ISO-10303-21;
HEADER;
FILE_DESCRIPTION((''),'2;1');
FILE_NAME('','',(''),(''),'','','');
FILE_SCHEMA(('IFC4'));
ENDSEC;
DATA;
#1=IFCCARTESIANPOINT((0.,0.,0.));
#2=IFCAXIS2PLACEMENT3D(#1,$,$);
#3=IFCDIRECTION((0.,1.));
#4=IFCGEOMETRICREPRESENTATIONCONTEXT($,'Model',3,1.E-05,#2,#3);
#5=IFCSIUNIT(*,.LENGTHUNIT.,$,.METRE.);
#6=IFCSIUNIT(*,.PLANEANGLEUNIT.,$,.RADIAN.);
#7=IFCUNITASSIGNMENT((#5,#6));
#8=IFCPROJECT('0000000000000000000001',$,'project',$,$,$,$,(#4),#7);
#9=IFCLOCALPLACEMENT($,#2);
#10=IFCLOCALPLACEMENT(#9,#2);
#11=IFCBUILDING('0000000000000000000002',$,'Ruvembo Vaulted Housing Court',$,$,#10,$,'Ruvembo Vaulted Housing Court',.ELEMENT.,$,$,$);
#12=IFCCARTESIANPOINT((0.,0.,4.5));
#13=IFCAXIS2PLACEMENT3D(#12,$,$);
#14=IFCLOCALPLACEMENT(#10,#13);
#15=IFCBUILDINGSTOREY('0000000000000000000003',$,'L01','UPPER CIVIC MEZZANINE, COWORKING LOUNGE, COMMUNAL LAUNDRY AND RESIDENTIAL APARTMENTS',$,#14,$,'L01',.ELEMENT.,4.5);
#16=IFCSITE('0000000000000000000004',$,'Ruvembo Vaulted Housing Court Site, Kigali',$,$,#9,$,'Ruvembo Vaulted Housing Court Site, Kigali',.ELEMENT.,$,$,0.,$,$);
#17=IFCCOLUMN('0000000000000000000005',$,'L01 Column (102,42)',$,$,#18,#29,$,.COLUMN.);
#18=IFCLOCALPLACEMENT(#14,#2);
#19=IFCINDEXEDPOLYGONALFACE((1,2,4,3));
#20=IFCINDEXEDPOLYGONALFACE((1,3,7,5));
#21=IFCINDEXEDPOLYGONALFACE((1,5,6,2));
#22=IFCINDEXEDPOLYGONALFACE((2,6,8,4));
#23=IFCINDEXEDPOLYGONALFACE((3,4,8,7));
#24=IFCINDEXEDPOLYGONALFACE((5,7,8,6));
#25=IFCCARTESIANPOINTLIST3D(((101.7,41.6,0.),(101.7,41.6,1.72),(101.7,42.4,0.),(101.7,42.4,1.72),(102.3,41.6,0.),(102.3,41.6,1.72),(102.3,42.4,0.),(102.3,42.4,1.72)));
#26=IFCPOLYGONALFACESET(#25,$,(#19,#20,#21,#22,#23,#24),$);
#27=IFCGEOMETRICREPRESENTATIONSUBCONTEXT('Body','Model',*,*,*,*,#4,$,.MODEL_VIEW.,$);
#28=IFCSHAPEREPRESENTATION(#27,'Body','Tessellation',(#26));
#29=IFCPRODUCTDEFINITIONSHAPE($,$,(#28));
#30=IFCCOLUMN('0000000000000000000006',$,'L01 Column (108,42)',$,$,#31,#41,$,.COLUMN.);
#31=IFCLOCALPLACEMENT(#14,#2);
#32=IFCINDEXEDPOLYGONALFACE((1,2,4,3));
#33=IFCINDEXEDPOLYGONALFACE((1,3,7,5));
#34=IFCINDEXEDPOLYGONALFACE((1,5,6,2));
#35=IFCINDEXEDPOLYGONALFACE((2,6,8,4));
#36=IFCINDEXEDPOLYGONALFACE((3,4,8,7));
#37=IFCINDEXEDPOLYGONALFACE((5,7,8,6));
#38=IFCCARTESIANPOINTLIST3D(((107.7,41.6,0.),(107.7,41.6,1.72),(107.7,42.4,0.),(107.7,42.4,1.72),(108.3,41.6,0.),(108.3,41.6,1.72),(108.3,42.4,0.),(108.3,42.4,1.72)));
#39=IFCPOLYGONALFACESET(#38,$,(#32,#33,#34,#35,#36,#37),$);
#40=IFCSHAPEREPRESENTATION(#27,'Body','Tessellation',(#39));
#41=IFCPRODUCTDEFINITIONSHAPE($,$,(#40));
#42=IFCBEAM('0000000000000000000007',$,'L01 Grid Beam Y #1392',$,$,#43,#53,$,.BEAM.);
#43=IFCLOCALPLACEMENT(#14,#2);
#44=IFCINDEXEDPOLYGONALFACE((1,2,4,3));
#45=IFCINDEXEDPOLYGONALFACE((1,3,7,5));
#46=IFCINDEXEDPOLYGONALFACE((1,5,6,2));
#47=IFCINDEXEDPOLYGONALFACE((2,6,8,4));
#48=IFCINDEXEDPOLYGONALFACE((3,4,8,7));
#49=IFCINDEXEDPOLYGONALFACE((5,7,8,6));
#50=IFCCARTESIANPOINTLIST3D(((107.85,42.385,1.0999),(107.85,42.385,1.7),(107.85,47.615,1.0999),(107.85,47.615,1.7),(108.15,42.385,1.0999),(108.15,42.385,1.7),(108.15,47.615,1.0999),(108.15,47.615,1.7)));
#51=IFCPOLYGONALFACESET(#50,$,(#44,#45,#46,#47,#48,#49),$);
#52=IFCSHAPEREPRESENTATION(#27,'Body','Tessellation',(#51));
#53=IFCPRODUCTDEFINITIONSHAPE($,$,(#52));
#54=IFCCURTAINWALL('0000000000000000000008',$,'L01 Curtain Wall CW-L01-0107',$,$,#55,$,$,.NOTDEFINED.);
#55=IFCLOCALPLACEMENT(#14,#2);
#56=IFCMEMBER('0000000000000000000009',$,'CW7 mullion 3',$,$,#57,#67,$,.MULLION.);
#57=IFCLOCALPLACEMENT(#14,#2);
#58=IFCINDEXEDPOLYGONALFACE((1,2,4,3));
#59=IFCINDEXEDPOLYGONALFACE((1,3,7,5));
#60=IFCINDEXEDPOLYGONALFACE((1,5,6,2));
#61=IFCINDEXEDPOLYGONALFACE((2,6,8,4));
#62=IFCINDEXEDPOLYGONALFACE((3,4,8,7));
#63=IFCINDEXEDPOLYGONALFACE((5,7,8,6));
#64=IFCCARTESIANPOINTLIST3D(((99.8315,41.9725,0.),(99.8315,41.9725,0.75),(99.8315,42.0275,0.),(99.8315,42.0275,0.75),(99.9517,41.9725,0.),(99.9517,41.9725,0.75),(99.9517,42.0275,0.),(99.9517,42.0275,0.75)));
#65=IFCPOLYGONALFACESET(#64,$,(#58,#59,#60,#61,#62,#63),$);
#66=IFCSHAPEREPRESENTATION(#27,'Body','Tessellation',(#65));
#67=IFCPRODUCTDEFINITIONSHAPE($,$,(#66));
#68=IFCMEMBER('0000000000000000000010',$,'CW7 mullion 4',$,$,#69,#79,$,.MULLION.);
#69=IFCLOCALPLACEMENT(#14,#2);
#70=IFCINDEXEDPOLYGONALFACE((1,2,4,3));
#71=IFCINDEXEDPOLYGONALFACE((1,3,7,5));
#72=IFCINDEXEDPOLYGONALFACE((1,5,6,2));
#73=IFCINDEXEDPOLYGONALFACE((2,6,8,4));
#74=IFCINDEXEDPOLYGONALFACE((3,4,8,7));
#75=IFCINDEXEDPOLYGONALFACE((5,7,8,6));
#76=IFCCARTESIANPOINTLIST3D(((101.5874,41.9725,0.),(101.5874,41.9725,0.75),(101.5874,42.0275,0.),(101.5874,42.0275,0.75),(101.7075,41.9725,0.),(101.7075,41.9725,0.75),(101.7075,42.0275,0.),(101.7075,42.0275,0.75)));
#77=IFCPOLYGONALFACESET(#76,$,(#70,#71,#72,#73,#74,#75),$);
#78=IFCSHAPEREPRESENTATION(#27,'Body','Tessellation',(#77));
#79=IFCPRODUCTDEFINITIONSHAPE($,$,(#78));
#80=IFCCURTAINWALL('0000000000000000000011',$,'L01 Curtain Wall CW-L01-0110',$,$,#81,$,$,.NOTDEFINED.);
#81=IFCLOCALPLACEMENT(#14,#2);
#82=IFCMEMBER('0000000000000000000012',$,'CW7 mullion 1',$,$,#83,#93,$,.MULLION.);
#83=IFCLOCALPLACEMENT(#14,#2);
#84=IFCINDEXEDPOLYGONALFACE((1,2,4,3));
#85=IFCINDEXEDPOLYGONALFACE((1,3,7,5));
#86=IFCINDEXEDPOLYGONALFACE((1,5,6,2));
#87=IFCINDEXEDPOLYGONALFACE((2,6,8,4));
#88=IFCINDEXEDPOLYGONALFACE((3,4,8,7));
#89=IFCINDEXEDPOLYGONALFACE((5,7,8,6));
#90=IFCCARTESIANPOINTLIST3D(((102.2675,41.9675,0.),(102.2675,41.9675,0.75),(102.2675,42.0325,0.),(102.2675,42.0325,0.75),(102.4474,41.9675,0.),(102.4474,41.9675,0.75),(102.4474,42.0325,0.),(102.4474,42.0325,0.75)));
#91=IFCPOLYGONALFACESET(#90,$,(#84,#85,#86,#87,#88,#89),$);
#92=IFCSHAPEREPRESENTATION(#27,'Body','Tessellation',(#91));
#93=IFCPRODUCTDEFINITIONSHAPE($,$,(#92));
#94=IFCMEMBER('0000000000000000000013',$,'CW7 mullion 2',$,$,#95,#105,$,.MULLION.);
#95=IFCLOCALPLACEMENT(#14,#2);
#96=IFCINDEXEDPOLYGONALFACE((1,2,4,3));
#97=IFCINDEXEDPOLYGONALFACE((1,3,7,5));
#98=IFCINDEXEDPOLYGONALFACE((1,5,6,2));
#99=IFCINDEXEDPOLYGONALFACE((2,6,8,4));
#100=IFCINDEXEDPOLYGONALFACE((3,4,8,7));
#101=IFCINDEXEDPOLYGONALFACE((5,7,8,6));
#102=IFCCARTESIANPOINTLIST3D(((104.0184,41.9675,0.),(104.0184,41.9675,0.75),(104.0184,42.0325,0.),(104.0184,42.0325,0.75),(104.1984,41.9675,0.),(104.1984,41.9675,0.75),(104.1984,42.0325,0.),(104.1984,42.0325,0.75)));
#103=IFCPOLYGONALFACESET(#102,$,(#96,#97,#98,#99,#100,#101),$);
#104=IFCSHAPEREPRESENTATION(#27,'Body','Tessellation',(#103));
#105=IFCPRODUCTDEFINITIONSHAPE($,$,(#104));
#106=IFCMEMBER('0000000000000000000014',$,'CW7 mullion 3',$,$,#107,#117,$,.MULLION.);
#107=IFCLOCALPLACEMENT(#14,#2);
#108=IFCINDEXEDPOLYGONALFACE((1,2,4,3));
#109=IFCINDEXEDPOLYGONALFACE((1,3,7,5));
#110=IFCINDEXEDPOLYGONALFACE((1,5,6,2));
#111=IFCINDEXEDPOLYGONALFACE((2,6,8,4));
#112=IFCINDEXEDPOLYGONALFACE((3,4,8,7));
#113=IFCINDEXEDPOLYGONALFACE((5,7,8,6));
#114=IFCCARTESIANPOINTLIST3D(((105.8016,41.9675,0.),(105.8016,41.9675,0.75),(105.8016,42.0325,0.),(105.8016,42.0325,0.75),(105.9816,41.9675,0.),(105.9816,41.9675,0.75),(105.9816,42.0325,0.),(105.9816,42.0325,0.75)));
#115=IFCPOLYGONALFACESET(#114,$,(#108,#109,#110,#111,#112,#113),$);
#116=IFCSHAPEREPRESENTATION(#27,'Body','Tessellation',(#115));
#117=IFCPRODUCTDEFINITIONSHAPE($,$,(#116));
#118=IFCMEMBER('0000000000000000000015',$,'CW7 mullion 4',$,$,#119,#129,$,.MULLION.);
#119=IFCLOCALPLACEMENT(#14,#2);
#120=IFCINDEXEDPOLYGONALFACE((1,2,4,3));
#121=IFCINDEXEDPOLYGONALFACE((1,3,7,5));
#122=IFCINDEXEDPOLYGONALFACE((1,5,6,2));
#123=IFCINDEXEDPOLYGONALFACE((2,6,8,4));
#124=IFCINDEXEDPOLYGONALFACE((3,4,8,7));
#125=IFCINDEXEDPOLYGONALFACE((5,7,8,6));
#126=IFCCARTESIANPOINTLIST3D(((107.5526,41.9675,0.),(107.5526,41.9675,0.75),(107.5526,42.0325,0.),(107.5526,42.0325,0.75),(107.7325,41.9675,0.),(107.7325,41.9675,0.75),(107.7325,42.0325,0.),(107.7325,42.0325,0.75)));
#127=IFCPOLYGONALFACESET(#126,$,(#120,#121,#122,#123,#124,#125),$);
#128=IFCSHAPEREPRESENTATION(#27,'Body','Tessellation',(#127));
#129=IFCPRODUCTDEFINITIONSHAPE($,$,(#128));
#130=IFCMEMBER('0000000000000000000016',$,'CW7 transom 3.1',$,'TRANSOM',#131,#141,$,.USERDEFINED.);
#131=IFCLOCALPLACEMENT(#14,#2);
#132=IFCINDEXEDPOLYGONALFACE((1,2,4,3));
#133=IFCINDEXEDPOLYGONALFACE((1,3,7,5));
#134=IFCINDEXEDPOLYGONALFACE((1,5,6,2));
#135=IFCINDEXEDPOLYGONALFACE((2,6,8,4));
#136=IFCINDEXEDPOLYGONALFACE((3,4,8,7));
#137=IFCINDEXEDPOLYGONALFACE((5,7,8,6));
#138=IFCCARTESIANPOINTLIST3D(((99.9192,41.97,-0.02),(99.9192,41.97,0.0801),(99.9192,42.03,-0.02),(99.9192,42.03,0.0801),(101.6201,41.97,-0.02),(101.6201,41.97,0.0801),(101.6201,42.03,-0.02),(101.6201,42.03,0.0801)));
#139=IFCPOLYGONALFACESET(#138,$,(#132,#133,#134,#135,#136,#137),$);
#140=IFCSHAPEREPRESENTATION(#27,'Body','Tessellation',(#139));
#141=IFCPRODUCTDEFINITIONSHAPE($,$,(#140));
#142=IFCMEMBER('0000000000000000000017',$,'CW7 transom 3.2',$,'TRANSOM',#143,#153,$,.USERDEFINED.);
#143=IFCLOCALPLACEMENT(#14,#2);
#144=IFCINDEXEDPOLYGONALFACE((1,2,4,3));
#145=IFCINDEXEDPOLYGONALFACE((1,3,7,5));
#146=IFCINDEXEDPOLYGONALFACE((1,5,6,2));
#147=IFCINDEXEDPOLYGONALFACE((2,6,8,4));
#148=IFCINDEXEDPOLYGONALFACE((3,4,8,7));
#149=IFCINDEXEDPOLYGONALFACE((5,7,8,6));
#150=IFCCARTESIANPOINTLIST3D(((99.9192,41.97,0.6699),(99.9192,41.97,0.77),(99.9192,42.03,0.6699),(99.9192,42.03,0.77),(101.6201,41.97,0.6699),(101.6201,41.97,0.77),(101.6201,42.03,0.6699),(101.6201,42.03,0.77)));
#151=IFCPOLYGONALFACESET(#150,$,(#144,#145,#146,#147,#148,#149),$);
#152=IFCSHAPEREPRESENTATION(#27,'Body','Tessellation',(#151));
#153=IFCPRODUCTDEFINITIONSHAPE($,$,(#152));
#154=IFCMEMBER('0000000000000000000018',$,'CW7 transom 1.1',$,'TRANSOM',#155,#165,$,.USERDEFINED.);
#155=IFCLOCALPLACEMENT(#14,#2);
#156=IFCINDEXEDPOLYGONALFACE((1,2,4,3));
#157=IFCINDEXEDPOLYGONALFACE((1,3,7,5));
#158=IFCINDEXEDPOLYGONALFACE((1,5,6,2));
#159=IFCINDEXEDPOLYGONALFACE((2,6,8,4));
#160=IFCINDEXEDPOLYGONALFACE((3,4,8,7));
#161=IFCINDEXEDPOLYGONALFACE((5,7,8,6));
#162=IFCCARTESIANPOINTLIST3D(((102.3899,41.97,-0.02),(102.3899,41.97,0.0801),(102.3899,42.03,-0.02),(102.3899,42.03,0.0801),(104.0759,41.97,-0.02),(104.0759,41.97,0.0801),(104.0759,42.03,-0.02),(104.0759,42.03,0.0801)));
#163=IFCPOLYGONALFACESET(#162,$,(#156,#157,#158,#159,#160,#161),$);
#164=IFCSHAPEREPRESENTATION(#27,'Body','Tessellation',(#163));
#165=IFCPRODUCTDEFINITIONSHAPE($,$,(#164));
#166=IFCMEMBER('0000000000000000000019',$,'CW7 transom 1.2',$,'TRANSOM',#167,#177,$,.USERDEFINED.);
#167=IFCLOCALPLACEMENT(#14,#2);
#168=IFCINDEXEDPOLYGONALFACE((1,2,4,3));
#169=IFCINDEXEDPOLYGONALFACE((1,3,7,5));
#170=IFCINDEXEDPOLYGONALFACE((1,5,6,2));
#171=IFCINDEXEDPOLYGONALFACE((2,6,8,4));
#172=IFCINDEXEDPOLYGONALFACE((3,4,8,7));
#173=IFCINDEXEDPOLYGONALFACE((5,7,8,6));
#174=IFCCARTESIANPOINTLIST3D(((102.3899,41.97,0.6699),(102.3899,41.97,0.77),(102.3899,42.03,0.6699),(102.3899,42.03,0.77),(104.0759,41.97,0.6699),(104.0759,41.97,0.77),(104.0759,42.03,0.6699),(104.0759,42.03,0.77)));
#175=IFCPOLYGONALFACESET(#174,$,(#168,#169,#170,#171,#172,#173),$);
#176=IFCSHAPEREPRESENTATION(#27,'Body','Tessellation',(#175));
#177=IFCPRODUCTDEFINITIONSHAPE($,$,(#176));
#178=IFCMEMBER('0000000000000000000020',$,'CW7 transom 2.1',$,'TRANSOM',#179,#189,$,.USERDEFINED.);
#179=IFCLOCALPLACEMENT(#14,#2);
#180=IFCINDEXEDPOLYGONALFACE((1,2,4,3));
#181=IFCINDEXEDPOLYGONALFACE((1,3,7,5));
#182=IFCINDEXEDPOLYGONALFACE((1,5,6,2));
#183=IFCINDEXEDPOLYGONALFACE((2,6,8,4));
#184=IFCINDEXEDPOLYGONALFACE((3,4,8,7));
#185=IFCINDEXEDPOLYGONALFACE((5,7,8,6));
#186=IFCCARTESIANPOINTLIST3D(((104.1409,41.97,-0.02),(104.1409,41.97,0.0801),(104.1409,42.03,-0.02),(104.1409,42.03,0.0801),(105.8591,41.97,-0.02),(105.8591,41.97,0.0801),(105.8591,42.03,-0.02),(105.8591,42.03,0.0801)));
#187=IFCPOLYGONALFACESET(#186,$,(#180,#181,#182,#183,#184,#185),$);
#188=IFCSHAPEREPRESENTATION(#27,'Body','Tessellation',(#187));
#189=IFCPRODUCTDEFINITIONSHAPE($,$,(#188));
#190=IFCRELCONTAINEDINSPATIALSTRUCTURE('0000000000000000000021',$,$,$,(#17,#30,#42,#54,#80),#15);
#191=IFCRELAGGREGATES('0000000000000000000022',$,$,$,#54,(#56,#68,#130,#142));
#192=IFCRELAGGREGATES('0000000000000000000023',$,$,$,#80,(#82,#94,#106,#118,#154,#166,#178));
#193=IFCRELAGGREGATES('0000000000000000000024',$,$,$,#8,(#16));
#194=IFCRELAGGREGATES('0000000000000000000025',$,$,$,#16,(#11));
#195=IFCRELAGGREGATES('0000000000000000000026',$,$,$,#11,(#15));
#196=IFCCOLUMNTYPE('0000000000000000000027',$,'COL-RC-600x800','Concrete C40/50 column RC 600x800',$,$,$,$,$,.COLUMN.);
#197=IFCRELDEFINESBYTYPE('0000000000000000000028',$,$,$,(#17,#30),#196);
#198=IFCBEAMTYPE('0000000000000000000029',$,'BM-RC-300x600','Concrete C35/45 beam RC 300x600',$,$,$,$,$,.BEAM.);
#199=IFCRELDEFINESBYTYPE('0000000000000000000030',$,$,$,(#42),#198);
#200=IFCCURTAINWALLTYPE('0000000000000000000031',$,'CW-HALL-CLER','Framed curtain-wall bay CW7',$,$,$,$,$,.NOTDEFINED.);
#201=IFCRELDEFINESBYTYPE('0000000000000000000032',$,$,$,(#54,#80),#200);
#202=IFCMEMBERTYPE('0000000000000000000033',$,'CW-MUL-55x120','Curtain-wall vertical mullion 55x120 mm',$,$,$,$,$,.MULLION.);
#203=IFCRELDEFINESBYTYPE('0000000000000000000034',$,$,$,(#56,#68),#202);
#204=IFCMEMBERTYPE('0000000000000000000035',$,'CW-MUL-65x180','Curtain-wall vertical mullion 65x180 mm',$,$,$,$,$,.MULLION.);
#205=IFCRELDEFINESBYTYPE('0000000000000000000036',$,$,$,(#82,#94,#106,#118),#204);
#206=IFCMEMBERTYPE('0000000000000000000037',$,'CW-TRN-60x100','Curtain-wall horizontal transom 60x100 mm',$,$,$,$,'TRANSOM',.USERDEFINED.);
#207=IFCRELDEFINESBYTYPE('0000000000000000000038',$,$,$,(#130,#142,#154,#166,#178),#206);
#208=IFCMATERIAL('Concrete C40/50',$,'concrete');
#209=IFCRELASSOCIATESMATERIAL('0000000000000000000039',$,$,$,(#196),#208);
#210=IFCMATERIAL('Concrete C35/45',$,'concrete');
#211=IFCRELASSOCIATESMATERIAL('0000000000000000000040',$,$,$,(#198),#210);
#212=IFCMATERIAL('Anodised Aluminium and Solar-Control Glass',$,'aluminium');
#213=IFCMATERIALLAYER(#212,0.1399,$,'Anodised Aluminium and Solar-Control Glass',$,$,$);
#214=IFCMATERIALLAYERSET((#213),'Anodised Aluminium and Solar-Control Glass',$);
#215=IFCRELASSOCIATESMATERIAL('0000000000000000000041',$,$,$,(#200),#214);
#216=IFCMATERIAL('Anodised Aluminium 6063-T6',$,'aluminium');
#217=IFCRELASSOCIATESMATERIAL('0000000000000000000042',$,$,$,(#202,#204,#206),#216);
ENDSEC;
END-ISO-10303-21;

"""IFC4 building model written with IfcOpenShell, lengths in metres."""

from ifc_helpers import new_model, si_unit, direction, frame, origin, origin_2d, place, context, subcontext, project, spatial, rectangle, extrude, material, layer, layer_set, material_profile, profile_set, type_object, element, aggregate, save


model = new_model("IFC4")

# Units and contexts
model_context = context("Model", 3, precision=1e-05, world=origin(), true_north=direction((0.0, 1.0)))
body_context = subcontext(model_context, "Body", "Model", "MODEL_VIEW")
ifc_project = project(units=[si_unit("LENGTHUNIT", "METRE"), si_unit("PLANEANGLEUNIT", "RADIAN")], contexts=[model_context])

# Site, building, storey
site_placement = place(None, origin())
site = spatial("IfcSite", under=ifc_project, at=site_placement, Name="Ruvembo Vaulted Housing Court Site, Kigali", LongName="Ruvembo Vaulted Housing Court Site, Kigali", CompositionType="ELEMENT", RefElevation=0.0)
building_placement = place(site_placement, origin())
building = spatial("IfcBuilding", under=site, at=building_placement, Name="Ruvembo Vaulted Housing Court", LongName="Ruvembo Vaulted Housing Court", CompositionType="ELEMENT")
storey_placement = place(building_placement, frame((0.0, 0.0, 4.5)))
storey = spatial("IfcBuildingStorey", under=building, at=storey_placement, Name="L01", Description="UPPER CIVIC MEZZANINE, COWORKING LOUNGE, COMMUNAL LAUNDRY AND RESIDENTIAL APARTMENTS", LongName="L01", CompositionType="ELEMENT", Elevation=4.5)

# Columns
ifc_material_1 = material(Name="Concrete C40/50", Category="concrete")
ifc_material_profile_1 = material_profile(ifc_material_1, rectangle(XDim=0.6001, YDim=0.8, at=origin_2d()), Name="RC 600x800")
ifc_profile_set_1 = profile_set([ifc_material_profile_1], Name="Concrete C40/50")
column_type = type_object("IfcColumnType", Name="COL-RC-600x800", Description="Concrete C40/50 column RC 600x800", PredefinedType="COLUMN", material=ifc_profile_set_1)
for number, where, z_axis, x_axis, name in (
    (1, (102.0, 42.0, 0.0), (0.0, 0.0, 1.0), (1.0, 0.0, 0.0), "L01 Column (102,42)"),
    (2, (108.0, 42.0, 0.0), (0.0, 0.0, 1.0), (1.0, 0.0, 0.0), "L01 Column (108,42)"),
):
    element("IfcColumn", number, at=place(storey_placement, frame(where, z_axis=z_axis, x_axis=x_axis)), inside=storey, type_object=column_type, Name=name, PredefinedType="COLUMN", context=body_context, shape_type="SweptSolid", body=[
        extrude(rectangle(XDim=0.6001, YDim=0.8, at=origin_2d()), origin(), (0.0, 0.0, 1.0), 1.72),
    ])

# Beam
ifc_material_2 = material(Name="Concrete C35/45", Category="concrete")
ifc_material_profile_2 = material_profile(ifc_material_2, rectangle(XDim=0.3, YDim=0.6001, at=origin_2d()), Name="RC 300x600")
ifc_profile_set_2 = profile_set([ifc_material_profile_2], Name="Concrete C35/45")
beam_type_1 = type_object("IfcBeamType", Name="BM-RC-300x600", Description="Concrete C35/45 beam RC 300x600", PredefinedType="BEAM", material=ifc_profile_set_2)
beam_1_placement = place(storey_placement, frame((108.0, 42.385, 1.3999), z_axis=(0.0, 1.0, 0.0), x_axis=(-1.0, 0.0, 0.0)))
element("IfcBeam", 3, at=beam_1_placement, inside=storey, type_object=beam_type_1, Name="L01 Grid Beam Y #1392", PredefinedType="BEAM", context=body_context, shape_type="SweptSolid", body=[
    extrude(rectangle(XDim=0.3, YDim=0.6001, at=origin_2d()), origin(), (0.0, 0.0, 1.0), 5.23),
])

# Curtain walls, members
ifc_material_3 = material(Name="Anodised Aluminium and Solar-Control Glass", Category="aluminium")
ifc_layer_1 = layer(ifc_material_3, 0.1399, Name="Anodised Aluminium and Solar-Control Glass")
ifc_layer_set_1 = layer_set([ifc_layer_1], Name="Anodised Aluminium and Solar-Control Glass")
curtain_wall_type = type_object("IfcCurtainWallType", Name="CW-HALL-CLER", Description="Framed curtain-wall bay CW7", PredefinedType="NOTDEFINED", material=ifc_layer_set_1)
curtain_wall_1_placement = place(storey_placement, origin())
curtain_wall_1 = element("IfcCurtainWall", 4, at=curtain_wall_1_placement, inside=storey, type_object=curtain_wall_type, Name="L01 Curtain Wall CW-L01-0107", PredefinedType="NOTDEFINED")
ifc_material_4 = material(Name="Anodised Aluminium 6063-T6", Category="aluminium")
ifc_material_profile_3 = material_profile(ifc_material_4, rectangle(XDim=0.0549, YDim=0.1201, at=origin_2d()), Name="ALU 55x120")
ifc_profile_set_3 = profile_set([ifc_material_profile_3], Name="Anodised Aluminium 6063-T6")
member_type_1 = type_object("IfcMemberType", Name="CW-MUL-55x120", Description="Curtain-wall vertical mullion 55x120 mm", PredefinedType="MULLION", material=ifc_profile_set_3)
member_1_placement = place(storey_placement, frame((99.8916, 42.0, 0.0), z_axis=(0.0, 0.0, 1.0), x_axis=(0.0, 1.0, 0.0)))
member_1 = element("IfcMember", 5, at=member_1_placement, type_object=member_type_1, Name="CW7 mullion 3", PredefinedType="MULLION", context=body_context, shape_type="SweptSolid", body=[
    extrude(rectangle(XDim=0.0549, YDim=0.1201, at=origin_2d()), origin(), (0.0, 0.0, 1.0), 0.75),
])
member_2_placement = place(storey_placement, frame((101.6475, 42.0, 0.0), z_axis=(0.0, 0.0, 1.0), x_axis=(0.0, 1.0, 0.0)))
member_2 = element("IfcMember", 6, at=member_2_placement, type_object=member_type_1, Name="CW7 mullion 4", PredefinedType="MULLION", context=body_context, shape_type="SweptSolid", body=[
    extrude(rectangle(XDim=0.0549, YDim=0.1201, at=origin_2d()), origin(), (0.0, 0.0, 1.0), 0.75),
])
curtain_wall_2_placement = place(storey_placement, origin())
curtain_wall_2 = element("IfcCurtainWall", 7, at=curtain_wall_2_placement, inside=storey, type_object=curtain_wall_type, Name="L01 Curtain Wall CW-L01-0110", PredefinedType="NOTDEFINED")
ifc_material_profile_4 = material_profile(ifc_material_4, rectangle(XDim=0.0649, YDim=0.1799, at=origin_2d()), Name="ALU 65x180")
ifc_profile_set_4 = profile_set([ifc_material_profile_4], Name="Anodised Aluminium 6063-T6")
member_type_2 = type_object("IfcMemberType", Name="CW-MUL-65x180", Description="Curtain-wall vertical mullion 65x180 mm", PredefinedType="MULLION", material=ifc_profile_set_4)
member_3_placement = place(storey_placement, frame((102.3574, 42.0, 0.0), z_axis=(0.0, 0.0, 1.0), x_axis=(0.0, 1.0, 0.0)))
member_3 = element("IfcMember", 8, at=member_3_placement, type_object=member_type_2, Name="CW7 mullion 1", PredefinedType="MULLION", context=body_context, shape_type="SweptSolid", body=[
    extrude(rectangle(XDim=0.0649, YDim=0.1799, at=origin_2d()), origin(), (0.0, 0.0, 1.0), 0.75),
])
member_4_placement = place(storey_placement, frame((104.1084, 42.0, 0.0), z_axis=(0.0, 0.0, 1.0), x_axis=(0.0, 1.0, 0.0)))
member_4 = element("IfcMember", 9, at=member_4_placement, type_object=member_type_2, Name="CW7 mullion 2", PredefinedType="MULLION", context=body_context, shape_type="SweptSolid", body=[
    extrude(rectangle(XDim=0.0649, YDim=0.1799, at=origin_2d()), origin(), (0.0, 0.0, 1.0), 0.75),
])
member_5_placement = place(storey_placement, frame((105.8916, 42.0, 0.0), z_axis=(0.0, 0.0, 1.0), x_axis=(0.0, 1.0, 0.0)))
member_5 = element("IfcMember", 10, at=member_5_placement, type_object=member_type_2, Name="CW7 mullion 3", PredefinedType="MULLION", context=body_context, shape_type="SweptSolid", body=[
    extrude(rectangle(XDim=0.0649, YDim=0.1799, at=origin_2d()), origin(), (0.0, 0.0, 1.0), 0.75),
])
member_6_placement = place(storey_placement, frame((107.6426, 42.0, 0.0), z_axis=(0.0, 0.0, 1.0), x_axis=(0.0, 1.0, 0.0)))
member_6 = element("IfcMember", 11, at=member_6_placement, type_object=member_type_2, Name="CW7 mullion 4", PredefinedType="MULLION", context=body_context, shape_type="SweptSolid", body=[
    extrude(rectangle(XDim=0.0649, YDim=0.1799, at=origin_2d()), origin(), (0.0, 0.0, 1.0), 0.75),
])

# Members
ifc_material_profile_5 = material_profile(ifc_material_4, rectangle(XDim=0.0601, YDim=0.1001, at=origin_2d()), Name="ALU 60x100")
ifc_profile_set_5 = profile_set([ifc_material_profile_5], Name="Anodised Aluminium 6063-T6")
member_type_3 = type_object("IfcMemberType", Name="CW-TRN-60x100", Description="Curtain-wall horizontal transom 60x100 mm", ElementType="TRANSOM", PredefinedType="USERDEFINED", material=ifc_profile_set_5)
member_7_placement = place(storey_placement, frame((99.9192, 42.0, 0.03), z_axis=(1.0, 0.0, 0.0), x_axis=(0.0, 1.0, 0.0)))
member_7 = element("IfcMember", 12, at=member_7_placement, type_object=member_type_3, Name="CW7 transom 3.1", ObjectType="TRANSOM", PredefinedType="USERDEFINED", context=body_context, shape_type="SweptSolid", body=[
    extrude(rectangle(XDim=0.0601, YDim=0.1001, at=origin_2d()), origin(), (0.0, 0.0, 1.0), 1.7009),
])
member_8_placement = place(storey_placement, frame((99.9192, 42.0, 0.72), z_axis=(1.0, 0.0, 0.0), x_axis=(0.0, 1.0, 0.0)))
member_8 = element("IfcMember", 13, at=member_8_placement, type_object=member_type_3, Name="CW7 transom 3.2", ObjectType="TRANSOM", PredefinedType="USERDEFINED", context=body_context, shape_type="SweptSolid", body=[
    extrude(rectangle(XDim=0.0601, YDim=0.1001, at=origin_2d()), origin(), (0.0, 0.0, 1.0), 1.7009),
])
member_9_placement = place(storey_placement, frame((102.3899, 42.0, 0.03), z_axis=(1.0, 0.0, 0.0), x_axis=(0.0, 1.0, 0.0)))
member_9 = element("IfcMember", 14, at=member_9_placement, type_object=member_type_3, Name="CW7 transom 1.1", ObjectType="TRANSOM", PredefinedType="USERDEFINED", context=body_context, shape_type="SweptSolid", body=[
    extrude(rectangle(XDim=0.0601, YDim=0.1001, at=origin_2d()), origin(), (0.0, 0.0, 1.0), 1.686),
])
member_10_placement = place(storey_placement, frame((102.3899, 42.0, 0.72), z_axis=(1.0, 0.0, 0.0), x_axis=(0.0, 1.0, 0.0)))
member_10 = element("IfcMember", 15, at=member_10_placement, type_object=member_type_3, Name="CW7 transom 1.2", ObjectType="TRANSOM", PredefinedType="USERDEFINED", context=body_context, shape_type="SweptSolid", body=[
    extrude(rectangle(XDim=0.0601, YDim=0.1001, at=origin_2d()), origin(), (0.0, 0.0, 1.0), 1.686),
])
member_11_placement = place(storey_placement, frame((104.1409, 42.0, 0.03), z_axis=(1.0, 0.0, 0.0), x_axis=(0.0, 1.0, 0.0)))
member_11 = element("IfcMember", 16, at=member_11_placement, type_object=member_type_3, Name="CW7 transom 2.1", ObjectType="TRANSOM", PredefinedType="USERDEFINED", context=body_context, shape_type="SweptSolid", body=[
    extrude(rectangle(XDim=0.0601, YDim=0.1001, at=origin_2d()), origin(), (0.0, 0.0, 1.0), 1.7183),
])

aggregate(curtain_wall_1, [member_1, member_2, member_7, member_8])
aggregate(curtain_wall_2, [member_3, member_4, member_5, member_6, member_9, member_10, member_11])

save(model, "model.ifc")
